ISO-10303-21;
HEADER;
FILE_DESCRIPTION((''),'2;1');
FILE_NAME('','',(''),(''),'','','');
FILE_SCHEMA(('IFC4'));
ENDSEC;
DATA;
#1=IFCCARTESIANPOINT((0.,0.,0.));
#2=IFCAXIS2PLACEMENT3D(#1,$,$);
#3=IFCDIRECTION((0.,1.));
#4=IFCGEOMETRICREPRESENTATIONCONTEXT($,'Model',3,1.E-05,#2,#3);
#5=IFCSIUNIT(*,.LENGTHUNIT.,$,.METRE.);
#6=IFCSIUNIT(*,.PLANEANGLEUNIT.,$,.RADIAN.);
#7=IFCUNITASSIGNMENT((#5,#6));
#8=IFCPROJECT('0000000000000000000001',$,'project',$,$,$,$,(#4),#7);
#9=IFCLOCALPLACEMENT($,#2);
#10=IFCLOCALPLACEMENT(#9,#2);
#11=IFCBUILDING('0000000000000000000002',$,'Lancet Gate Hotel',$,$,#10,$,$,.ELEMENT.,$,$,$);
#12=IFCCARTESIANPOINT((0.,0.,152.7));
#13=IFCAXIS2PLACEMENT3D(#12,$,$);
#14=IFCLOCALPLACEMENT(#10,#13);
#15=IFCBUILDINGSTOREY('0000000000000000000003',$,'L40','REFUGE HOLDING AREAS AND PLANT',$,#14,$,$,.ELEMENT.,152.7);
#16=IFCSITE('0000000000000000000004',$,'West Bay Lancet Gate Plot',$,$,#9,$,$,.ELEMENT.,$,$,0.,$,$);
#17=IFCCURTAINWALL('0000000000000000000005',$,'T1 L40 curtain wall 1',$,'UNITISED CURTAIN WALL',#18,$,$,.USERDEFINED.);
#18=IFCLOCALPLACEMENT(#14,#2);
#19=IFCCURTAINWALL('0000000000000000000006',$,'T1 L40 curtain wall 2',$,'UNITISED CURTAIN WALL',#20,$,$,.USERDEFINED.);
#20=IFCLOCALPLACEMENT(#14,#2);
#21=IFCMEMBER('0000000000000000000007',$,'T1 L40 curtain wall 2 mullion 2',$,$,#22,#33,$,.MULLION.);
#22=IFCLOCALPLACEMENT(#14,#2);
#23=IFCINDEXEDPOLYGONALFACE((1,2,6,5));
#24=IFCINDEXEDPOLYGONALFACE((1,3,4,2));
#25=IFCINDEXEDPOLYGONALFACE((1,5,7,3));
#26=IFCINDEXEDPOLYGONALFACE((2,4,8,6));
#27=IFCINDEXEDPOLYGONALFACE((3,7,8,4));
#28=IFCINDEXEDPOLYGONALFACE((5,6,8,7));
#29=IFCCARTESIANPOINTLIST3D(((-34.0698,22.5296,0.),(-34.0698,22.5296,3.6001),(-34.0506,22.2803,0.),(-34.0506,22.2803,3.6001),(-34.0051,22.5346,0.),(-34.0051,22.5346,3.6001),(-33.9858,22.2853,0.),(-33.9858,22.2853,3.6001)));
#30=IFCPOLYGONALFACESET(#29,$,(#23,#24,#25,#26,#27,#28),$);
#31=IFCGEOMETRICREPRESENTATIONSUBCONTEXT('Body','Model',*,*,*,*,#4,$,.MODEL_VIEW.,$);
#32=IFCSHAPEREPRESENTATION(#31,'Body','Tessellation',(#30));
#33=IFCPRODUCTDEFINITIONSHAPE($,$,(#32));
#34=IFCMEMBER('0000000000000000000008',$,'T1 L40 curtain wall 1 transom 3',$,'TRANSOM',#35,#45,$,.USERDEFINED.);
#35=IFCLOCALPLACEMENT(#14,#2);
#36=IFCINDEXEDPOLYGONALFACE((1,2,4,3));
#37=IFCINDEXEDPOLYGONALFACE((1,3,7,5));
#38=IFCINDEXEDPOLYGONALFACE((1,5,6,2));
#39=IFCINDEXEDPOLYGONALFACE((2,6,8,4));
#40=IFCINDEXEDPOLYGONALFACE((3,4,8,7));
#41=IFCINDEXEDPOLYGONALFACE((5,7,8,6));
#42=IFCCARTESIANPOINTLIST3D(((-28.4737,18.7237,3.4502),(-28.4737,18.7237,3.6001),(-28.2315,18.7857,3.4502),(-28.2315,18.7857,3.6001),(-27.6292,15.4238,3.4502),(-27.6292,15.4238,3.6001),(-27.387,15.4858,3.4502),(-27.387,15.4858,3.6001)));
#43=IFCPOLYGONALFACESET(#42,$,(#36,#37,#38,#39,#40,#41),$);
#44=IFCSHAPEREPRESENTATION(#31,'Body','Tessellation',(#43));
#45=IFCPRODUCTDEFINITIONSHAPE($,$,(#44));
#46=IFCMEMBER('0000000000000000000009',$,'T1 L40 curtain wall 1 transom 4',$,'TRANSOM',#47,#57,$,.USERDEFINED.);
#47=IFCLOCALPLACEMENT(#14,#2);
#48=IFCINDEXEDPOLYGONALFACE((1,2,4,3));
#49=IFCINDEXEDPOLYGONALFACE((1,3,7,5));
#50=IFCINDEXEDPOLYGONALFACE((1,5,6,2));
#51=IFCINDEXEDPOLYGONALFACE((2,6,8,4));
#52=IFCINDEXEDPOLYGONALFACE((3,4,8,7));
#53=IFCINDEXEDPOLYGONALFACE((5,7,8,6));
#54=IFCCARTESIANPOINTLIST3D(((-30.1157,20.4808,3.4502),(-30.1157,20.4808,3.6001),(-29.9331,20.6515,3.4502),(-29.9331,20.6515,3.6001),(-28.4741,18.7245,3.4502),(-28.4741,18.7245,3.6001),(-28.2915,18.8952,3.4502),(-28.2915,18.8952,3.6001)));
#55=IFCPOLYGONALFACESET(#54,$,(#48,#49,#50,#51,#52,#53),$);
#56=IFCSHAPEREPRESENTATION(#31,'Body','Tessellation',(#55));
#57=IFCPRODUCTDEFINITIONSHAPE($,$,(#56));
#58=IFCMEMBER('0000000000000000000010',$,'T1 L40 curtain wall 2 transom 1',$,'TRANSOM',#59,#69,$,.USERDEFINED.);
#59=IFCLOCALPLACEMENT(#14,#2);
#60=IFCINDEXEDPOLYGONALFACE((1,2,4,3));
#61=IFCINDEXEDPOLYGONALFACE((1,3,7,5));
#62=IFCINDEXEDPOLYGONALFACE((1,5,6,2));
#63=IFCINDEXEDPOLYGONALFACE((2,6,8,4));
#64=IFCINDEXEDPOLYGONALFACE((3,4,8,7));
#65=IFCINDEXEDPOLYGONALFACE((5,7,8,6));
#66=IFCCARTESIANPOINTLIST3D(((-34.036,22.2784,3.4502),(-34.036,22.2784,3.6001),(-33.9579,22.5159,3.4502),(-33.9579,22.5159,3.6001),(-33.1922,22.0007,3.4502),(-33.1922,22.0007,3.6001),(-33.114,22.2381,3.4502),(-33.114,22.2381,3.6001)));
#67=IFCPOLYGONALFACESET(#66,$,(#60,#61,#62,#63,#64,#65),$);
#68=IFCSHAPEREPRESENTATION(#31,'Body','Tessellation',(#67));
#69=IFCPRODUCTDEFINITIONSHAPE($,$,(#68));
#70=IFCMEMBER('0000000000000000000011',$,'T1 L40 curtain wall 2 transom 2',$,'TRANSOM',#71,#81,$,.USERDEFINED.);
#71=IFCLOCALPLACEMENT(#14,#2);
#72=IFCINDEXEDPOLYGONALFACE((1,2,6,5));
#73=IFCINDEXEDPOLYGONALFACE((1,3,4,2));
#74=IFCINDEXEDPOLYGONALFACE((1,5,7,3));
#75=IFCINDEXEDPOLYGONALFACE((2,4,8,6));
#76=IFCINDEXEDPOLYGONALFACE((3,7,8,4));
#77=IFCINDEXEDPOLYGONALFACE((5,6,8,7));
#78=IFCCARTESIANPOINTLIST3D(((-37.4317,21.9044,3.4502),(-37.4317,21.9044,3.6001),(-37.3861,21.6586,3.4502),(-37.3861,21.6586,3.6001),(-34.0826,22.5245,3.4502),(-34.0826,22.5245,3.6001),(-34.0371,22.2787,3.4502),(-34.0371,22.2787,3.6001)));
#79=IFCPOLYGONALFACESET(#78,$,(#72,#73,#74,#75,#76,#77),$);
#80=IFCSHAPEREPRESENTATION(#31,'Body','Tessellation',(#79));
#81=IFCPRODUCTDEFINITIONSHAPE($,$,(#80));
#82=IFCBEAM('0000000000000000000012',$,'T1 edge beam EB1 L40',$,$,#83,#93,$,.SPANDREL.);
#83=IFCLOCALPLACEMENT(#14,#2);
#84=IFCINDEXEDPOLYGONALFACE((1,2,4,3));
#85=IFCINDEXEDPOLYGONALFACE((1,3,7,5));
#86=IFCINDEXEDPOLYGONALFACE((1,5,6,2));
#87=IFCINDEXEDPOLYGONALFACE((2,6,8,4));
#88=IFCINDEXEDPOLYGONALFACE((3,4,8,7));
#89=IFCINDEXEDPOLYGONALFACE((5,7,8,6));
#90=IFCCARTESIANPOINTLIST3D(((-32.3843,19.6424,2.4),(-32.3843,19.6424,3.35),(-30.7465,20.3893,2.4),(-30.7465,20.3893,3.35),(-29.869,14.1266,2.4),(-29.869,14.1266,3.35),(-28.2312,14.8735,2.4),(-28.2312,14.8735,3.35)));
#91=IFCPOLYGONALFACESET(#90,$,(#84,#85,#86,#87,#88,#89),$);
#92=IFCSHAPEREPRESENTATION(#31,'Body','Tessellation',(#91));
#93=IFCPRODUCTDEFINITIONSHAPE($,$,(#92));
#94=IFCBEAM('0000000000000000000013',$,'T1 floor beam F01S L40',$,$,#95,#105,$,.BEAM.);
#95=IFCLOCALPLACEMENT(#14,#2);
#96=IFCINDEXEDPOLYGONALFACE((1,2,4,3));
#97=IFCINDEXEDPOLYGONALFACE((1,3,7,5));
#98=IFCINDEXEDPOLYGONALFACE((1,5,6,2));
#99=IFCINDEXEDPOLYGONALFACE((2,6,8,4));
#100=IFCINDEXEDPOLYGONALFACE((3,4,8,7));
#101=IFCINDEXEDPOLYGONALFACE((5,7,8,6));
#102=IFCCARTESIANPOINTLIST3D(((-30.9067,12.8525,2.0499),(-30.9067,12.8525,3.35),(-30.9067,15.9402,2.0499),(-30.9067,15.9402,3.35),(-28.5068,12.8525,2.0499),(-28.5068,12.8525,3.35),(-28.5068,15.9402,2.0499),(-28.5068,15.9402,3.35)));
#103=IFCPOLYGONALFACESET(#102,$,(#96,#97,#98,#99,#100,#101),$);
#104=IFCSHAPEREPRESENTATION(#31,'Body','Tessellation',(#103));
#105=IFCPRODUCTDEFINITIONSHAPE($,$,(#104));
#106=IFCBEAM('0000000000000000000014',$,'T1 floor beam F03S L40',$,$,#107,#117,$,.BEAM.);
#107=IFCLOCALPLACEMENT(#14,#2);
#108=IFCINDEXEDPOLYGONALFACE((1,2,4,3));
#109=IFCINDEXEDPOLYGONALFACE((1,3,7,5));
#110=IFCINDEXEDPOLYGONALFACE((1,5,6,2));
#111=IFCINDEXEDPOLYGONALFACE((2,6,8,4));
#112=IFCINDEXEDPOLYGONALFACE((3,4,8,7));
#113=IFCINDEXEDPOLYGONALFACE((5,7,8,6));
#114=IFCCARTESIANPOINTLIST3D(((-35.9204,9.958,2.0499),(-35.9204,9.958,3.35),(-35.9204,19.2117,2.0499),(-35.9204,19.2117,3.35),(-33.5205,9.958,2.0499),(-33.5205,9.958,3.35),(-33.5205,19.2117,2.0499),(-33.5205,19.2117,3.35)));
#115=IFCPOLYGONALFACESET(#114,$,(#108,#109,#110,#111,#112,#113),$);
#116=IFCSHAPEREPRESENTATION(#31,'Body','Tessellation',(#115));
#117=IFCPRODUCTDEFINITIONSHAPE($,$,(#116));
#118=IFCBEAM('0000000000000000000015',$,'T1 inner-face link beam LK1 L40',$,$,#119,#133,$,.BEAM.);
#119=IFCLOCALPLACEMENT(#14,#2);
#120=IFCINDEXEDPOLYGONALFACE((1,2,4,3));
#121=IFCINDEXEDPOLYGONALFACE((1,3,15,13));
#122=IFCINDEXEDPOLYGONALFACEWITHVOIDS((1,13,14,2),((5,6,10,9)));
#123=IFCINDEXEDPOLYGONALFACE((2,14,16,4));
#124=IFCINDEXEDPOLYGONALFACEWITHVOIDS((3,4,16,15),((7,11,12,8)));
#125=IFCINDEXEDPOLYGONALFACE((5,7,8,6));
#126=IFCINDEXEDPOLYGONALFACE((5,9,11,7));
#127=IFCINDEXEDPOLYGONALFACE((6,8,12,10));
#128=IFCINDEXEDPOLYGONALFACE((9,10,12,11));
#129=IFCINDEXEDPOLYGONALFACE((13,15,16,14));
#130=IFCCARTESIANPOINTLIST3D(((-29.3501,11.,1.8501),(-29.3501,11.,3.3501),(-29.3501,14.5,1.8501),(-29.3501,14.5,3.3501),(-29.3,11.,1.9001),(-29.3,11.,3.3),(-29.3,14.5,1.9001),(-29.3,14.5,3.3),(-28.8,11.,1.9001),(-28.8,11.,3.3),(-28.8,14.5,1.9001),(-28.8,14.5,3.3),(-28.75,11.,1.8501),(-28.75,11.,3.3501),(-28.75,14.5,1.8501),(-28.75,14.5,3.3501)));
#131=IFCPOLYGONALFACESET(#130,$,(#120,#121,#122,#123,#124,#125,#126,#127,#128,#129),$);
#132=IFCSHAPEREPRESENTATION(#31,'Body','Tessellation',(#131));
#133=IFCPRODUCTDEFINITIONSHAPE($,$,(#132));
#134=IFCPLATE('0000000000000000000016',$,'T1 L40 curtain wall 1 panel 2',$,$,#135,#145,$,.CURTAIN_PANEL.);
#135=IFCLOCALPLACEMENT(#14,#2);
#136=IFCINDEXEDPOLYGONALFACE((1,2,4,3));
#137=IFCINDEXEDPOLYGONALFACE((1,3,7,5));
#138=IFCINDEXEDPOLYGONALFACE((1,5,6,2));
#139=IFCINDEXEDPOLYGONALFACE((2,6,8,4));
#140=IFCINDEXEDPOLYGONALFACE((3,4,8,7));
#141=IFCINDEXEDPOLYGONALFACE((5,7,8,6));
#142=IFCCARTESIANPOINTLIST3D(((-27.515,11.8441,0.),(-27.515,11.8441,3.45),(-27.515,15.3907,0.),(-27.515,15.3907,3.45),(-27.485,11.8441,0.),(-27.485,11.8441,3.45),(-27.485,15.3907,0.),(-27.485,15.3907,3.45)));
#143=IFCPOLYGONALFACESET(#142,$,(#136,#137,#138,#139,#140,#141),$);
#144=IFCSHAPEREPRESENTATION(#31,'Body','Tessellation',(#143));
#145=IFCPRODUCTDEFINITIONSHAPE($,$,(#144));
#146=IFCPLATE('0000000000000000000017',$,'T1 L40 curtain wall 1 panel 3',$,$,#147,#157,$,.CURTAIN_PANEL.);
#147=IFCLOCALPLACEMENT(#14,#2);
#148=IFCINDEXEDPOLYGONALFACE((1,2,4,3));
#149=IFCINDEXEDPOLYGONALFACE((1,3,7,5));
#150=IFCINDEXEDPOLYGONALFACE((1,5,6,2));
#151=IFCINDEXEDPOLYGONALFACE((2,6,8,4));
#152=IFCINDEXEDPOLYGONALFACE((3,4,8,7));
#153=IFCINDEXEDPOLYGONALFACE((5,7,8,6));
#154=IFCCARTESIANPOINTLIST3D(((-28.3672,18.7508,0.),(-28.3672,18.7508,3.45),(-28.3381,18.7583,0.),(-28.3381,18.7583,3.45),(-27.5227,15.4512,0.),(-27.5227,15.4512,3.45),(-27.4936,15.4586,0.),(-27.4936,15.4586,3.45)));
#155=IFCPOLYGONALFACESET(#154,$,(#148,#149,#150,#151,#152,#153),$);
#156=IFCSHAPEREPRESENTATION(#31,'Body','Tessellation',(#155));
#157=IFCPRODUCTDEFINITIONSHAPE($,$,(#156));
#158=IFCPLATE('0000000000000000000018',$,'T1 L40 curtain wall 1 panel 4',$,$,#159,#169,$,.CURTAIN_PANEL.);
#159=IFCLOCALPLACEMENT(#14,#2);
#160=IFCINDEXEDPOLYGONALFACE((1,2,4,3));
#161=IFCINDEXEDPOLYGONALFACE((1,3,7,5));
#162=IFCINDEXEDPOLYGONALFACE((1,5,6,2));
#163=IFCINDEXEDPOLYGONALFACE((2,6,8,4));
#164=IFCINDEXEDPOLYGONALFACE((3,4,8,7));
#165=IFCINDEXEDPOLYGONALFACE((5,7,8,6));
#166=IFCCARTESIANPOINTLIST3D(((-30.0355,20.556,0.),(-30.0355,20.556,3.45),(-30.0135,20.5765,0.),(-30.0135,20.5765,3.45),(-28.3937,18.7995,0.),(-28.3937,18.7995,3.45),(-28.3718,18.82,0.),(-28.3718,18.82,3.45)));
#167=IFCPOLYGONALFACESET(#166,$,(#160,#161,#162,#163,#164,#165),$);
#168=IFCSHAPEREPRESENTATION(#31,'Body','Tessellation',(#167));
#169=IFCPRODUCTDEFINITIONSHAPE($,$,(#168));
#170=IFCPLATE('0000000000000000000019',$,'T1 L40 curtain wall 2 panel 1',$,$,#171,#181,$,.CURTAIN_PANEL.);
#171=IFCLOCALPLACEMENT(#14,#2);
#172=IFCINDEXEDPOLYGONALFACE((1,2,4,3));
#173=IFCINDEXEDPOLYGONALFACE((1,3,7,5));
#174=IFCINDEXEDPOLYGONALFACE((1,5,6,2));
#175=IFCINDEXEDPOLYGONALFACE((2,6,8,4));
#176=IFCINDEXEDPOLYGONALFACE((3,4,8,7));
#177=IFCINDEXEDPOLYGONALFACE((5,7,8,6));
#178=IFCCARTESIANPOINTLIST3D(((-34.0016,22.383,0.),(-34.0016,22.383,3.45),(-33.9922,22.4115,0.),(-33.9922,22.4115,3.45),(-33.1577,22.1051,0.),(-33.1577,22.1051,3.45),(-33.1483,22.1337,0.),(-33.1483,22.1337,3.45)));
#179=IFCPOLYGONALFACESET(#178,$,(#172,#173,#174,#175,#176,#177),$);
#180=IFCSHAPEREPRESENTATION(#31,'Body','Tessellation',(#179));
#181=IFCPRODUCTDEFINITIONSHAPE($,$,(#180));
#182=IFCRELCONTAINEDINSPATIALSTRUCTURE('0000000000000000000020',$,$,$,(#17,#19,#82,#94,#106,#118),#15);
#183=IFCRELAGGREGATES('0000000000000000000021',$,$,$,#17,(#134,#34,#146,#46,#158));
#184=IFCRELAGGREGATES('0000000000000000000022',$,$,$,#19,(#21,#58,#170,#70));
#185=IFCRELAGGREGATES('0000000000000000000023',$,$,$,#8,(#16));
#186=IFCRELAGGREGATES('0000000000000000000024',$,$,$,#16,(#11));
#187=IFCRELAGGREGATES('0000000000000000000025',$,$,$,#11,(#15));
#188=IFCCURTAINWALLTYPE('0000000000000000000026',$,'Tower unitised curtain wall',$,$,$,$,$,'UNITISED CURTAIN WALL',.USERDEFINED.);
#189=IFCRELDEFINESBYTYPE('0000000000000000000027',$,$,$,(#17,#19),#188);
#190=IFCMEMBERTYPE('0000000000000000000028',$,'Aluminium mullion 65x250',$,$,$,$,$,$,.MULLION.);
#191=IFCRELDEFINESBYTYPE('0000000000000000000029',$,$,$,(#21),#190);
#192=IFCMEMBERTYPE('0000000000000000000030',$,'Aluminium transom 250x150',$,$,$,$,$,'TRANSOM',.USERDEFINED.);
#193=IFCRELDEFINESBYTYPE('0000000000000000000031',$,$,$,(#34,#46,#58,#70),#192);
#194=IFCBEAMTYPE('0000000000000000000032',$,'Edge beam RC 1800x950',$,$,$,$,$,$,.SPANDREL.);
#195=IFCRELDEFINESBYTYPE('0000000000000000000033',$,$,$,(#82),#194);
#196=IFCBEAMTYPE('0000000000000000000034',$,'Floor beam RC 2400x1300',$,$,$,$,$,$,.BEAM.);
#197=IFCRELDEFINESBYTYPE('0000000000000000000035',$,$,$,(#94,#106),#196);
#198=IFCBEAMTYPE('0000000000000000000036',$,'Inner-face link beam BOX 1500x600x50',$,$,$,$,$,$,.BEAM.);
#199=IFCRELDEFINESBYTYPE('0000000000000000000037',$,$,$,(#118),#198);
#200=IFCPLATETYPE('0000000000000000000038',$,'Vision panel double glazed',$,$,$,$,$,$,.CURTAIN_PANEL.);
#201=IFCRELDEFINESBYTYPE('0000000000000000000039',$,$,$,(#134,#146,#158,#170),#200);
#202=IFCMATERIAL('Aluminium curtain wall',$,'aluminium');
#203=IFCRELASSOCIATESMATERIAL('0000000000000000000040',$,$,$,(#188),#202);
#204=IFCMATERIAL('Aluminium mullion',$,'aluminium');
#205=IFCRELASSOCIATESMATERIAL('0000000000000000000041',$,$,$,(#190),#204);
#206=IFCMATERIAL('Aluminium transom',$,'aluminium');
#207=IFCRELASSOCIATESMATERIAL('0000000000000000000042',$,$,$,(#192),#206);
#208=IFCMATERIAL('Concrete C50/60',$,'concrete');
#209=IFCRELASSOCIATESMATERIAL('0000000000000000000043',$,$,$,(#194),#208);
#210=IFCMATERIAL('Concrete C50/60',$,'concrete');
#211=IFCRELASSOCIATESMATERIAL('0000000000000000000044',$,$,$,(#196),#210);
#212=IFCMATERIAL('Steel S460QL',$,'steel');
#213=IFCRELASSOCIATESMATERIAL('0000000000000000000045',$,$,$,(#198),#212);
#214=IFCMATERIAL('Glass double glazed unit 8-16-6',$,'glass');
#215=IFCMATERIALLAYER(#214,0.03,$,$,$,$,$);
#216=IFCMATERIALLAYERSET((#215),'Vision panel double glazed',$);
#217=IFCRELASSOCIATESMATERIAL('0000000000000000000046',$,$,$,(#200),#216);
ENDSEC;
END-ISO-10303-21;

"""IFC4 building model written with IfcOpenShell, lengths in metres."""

from ifc_helpers import new_model, si_unit, direction, frame, origin, origin_2d, place, context, subcontext, project, spatial, rectangle, hollow_rectangle, extrude, material, layer, layer_set, material_profile, profile_set, type_object, element, aggregate, save


model = new_model("IFC4")

# Units and contexts
model_context = context("Model", 3, precision=1e-05, world=origin(), true_north=direction((0.0, 1.0)))
body_context = subcontext(model_context, "Body", "Model", "MODEL_VIEW")
ifc_project = project(units=[si_unit("LENGTHUNIT", "METRE"), si_unit("PLANEANGLEUNIT", "RADIAN")], contexts=[model_context])

# Site, building, storey
site_placement = place(None, origin())
site = spatial("IfcSite", under=ifc_project, at=site_placement, Name="West Bay Lancet Gate Plot", CompositionType="ELEMENT", RefElevation=0.0)
building_placement = place(site_placement, origin())
building = spatial("IfcBuilding", under=site, at=building_placement, Name="Lancet Gate Hotel", CompositionType="ELEMENT")
storey_placement = place(building_placement, frame((0.0, 0.0, 152.7)))
storey = spatial("IfcBuildingStorey", under=building, at=storey_placement, Name="L40", Description="REFUGE HOLDING AREAS AND PLANT", CompositionType="ELEMENT", Elevation=152.7)

# Curtain walls, member
ifc_material_1 = material(Name="Aluminium curtain wall", Category="aluminium")
curtain_wall_type = type_object("IfcCurtainWallType", Name="Tower unitised curtain wall", ElementType="UNITISED CURTAIN WALL", PredefinedType="USERDEFINED", material=ifc_material_1)
curtain_wall_1_placement = place(storey_placement, origin())
curtain_wall_1 = element("IfcCurtainWall", 1, at=curtain_wall_1_placement, inside=storey, type_object=curtain_wall_type, Name="T1 L40 curtain wall 1", ObjectType="UNITISED CURTAIN WALL", PredefinedType="USERDEFINED")
ifc_material_2 = material(Name="Aluminium mullion", Category="aluminium")
ifc_material_profile_1 = material_profile(ifc_material_2, rectangle(XDim=0.0649, YDim=0.25, at=origin_2d()), Name="MULLION 65x250")
ifc_profile_set_1 = profile_set([ifc_material_profile_1], Name="Aluminium mullion")
member_type_1 = type_object("IfcMemberType", Name="Aluminium mullion 65x250", PredefinedType="MULLION", material=ifc_profile_set_1)
curtain_wall_2_placement = place(storey_placement, origin())
curtain_wall_2 = element("IfcCurtainWall", 2, at=curtain_wall_2_placement, inside=storey, type_object=curtain_wall_type, Name="T1 L40 curtain wall 2", ObjectType="UNITISED CURTAIN WALL", PredefinedType="USERDEFINED")
member_1_placement = place(storey_placement, frame((-34.0278, 22.4075, 0.0), z_axis=(0.0, 0.0, 1.0), x_axis=(-0.997029, -0.077031, 0.0)))
member_1 = element("IfcMember", 3, at=member_1_placement, type_object=member_type_1, Name="T1 L40 curtain wall 2 mullion 2", PredefinedType="MULLION", context=body_context, shape_type="SweptSolid", body=[
    extrude(rectangle(XDim=0.0649, YDim=0.25, at=origin_2d()), origin(), (0.0, 0.0, 1.0), 3.6001),
])

# Members
ifc_material_3 = material(Name="Aluminium transom", Category="aluminium")
ifc_material_profile_2 = material_profile(ifc_material_3, rectangle(XDim=0.25, YDim=0.1499, at=origin_2d()), Name="TRANSOM 250x150")
ifc_profile_set_2 = profile_set([ifc_material_profile_2], Name="Aluminium transom")
member_type_2 = type_object("IfcMemberType", Name="Aluminium transom 250x150", ElementType="TRANSOM", PredefinedType="USERDEFINED", material=ifc_profile_set_2)
member_2_placement = place(storey_placement, frame((-27.5081, 15.4548, 3.5251), z_axis=(-0.247929, 0.968778, 0.0), x_axis=(-0.968778, -0.247929, 0.0)))
member_2 = element("IfcMember", 4, at=member_2_placement, type_object=member_type_2, Name="T1 L40 curtain wall 1 transom 3", ObjectType="TRANSOM", PredefinedType="USERDEFINED", context=body_context, shape_type="SweptSolid", body=[
    extrude(rectangle(XDim=0.25, YDim=0.1499, at=origin_2d()), origin(), (0.0, 0.0, 1.0), 3.4062),
])
member_3_placement = place(storey_placement, frame((-28.3828, 18.8098, 3.5251), z_axis=(-0.682839, 0.730569, 0.0), x_axis=(-0.730569, -0.682839, 0.0)))
member_3 = element("IfcMember", 5, at=member_3_placement, type_object=member_type_2, Name="T1 L40 curtain wall 1 transom 4", ObjectType="TRANSOM", PredefinedType="USERDEFINED", context=body_context, shape_type="SweptSolid", body=[
    extrude(rectangle(XDim=0.25, YDim=0.1499, at=origin_2d()), origin(), (0.0, 0.0, 1.0), 2.4041),
])
member_4_placement = place(storey_placement, frame((-33.1531, 22.1194, 3.5251), z_axis=(-0.949858, 0.312681, 0.0), x_axis=(-0.312681, -0.949858, 0.0)))
member_4 = element("IfcMember", 6, at=member_4_placement, type_object=member_type_2, Name="T1 L40 curtain wall 2 transom 1", ObjectType="TRANSOM", PredefinedType="USERDEFINED", context=body_context, shape_type="SweptSolid", body=[
    extrude(rectangle(XDim=0.25, YDim=0.1499, at=origin_2d()), origin(), (0.0, 0.0, 1.0), 0.8884),
])
member_5_placement = place(storey_placement, frame((-34.0598, 22.4016, 3.5251), z_axis=(-0.983287, -0.182064, 0.0), x_axis=(0.182064, -0.983287, 0.0)))
member_5 = element("IfcMember", 7, at=member_5_placement, type_object=member_type_2, Name="T1 L40 curtain wall 2 transom 2", ObjectType="TRANSOM", PredefinedType="USERDEFINED", context=body_context, shape_type="SweptSolid", body=[
    extrude(rectangle(XDim=0.25, YDim=0.1499, at=origin_2d()), origin(), (0.0, 0.0, 1.0), 3.406),
])

# Beams
ifc_material_4 = material(Name="Concrete C50/60", Category="concrete")
ifc_material_profile_3 = material_profile(ifc_material_4, rectangle(XDim=1.8, YDim=0.95, at=origin_2d()), Name="RC 1800x950")
ifc_profile_set_3 = profile_set([ifc_material_profile_3], Name="Concrete C50/60")
beam_type_1 = type_object("IfcBeamType", Name="Edge beam RC 1800x950", PredefinedType="SPANDREL", material=ifc_profile_set_3)
beam_1_placement = place(storey_placement, frame((-31.5654, 20.0159, 2.875), z_axis=(0.414919, -0.909858, 0.0), x_axis=(0.909858, 0.414919, 0.0)))
element("IfcBeam", 8, at=beam_1_placement, inside=storey, type_object=beam_type_1, Name="T1 edge beam EB1 L40", PredefinedType="SPANDREL", context=body_context, shape_type="SweptSolid", body=[
    extrude(rectangle(XDim=1.8, YDim=0.95, at=origin_2d()), origin(), (0.0, 0.0, 1.0), 6.0623),
])
ifc_material_5 = material(Name="Concrete C50/60", Category="concrete")
ifc_material_profile_4 = material_profile(ifc_material_5, rectangle(XDim=2.3999, YDim=1.3, at=origin_2d()), Name="RC 2400x1300")
ifc_profile_set_4 = profile_set([ifc_material_profile_4], Name="Concrete C50/60")
beam_type_2 = type_object("IfcBeamType", Name="Floor beam RC 2400x1300", PredefinedType="BEAM", material=ifc_profile_set_4)
beam_2_placement = place(storey_placement, frame((-29.7068, 15.9402, 2.7), z_axis=(0.0, -1.0, 0.0), x_axis=(1.0, 0.0, 0.0)))
element("IfcBeam", 9, at=beam_2_placement, inside=storey, type_object=beam_type_2, Name="T1 floor beam F01S L40", PredefinedType="BEAM", context=body_context, shape_type="SweptSolid", body=[
    extrude(rectangle(XDim=2.3999, YDim=1.3, at=origin_2d()), origin(), (0.0, 0.0, 1.0), 3.0876),
])
beam_3_placement = place(storey_placement, frame((-34.7205, 19.2117, 2.7), z_axis=(0.0, -1.0, 0.0), x_axis=(1.0, 0.0, 0.0)))
element("IfcBeam", 10, at=beam_3_placement, inside=storey, type_object=beam_type_2, Name="T1 floor beam F03S L40", PredefinedType="BEAM", context=body_context, shape_type="SweptSolid", body=[
    extrude(rectangle(XDim=2.3999, YDim=1.3, at=origin_2d()), origin(), (0.0, 0.0, 1.0), 9.2537),
])
ifc_material_6 = material(Name="Steel S460QL", Category="steel")
ifc_material_profile_5 = material_profile(ifc_material_6, hollow_rectangle(XDim=0.6001, YDim=1.5, WallThickness=0.05, at=origin_2d()), Name="BOX 1500x600x50")
ifc_profile_set_5 = profile_set([ifc_material_profile_5], Name="Steel S460QL")
beam_type_3 = type_object("IfcBeamType", Name="Inner-face link beam BOX 1500x600x50", PredefinedType="BEAM", material=ifc_profile_set_5)
beam_4_placement = place(storey_placement, frame((-29.05, 14.5, 2.6001), z_axis=(0.0, -1.0, 0.0), x_axis=(1.0, 0.0, 0.0)))
element("IfcBeam", 11, at=beam_4_placement, inside=storey, type_object=beam_type_3, Name="T1 inner-face link beam LK1 L40", PredefinedType="BEAM", context=body_context, shape_type="SweptSolid", body=[
    extrude(hollow_rectangle(XDim=0.6001, YDim=1.5, WallThickness=0.05, at=origin_2d()), origin(), (0.0, 0.0, 1.0), 3.5),
])

# Plates
ifc_material_7 = material(Name="Glass double glazed unit 8-16-6", Category="glass")
ifc_layer_1 = layer(ifc_material_7, 0.03)
ifc_layer_set_1 = layer_set([ifc_layer_1], Name="Vision panel double glazed")
plate_type = type_object("IfcPlateType", Name="Vision panel double glazed", PredefinedType="CURTAIN_PANEL", material=ifc_layer_set_1)
plate_1_placement = place(storey_placement, frame((-27.5, 13.6174, 0.0), z_axis=(0.0, 0.0, 1.0), x_axis=(0.0, 1.0, 0.0)))
plate_1 = element("IfcPlate", 12, at=plate_1_placement, type_object=plate_type, Name="T1 L40 curtain wall 1 panel 2", PredefinedType="CURTAIN_PANEL", context=body_context, shape_type="SweptSolid", body=[
    extrude(rectangle(XDim=3.5466, YDim=0.03, at=origin_2d()), origin(), (0.0, 0.0, 1.0), 3.45),
])
plate_2_placement = place(storey_placement, frame((-27.9304, 17.1047, 0.0), z_axis=(0.0, 0.0, 1.0), x_axis=(-0.247937, 0.968776, 0.0)))
plate_2 = element("IfcPlate", 13, at=plate_2_placement, type_object=plate_type, Name="T1 L40 curtain wall 1 panel 3", PredefinedType="CURTAIN_PANEL", context=body_context, shape_type="SweptSolid", body=[
    extrude(rectangle(XDim=3.406, YDim=0.03, at=origin_2d()), origin(), (0.0, 0.0, 1.0), 3.45),
])
plate_3_placement = place(storey_placement, frame((-29.2036, 19.688, 0.0), z_axis=(0.0, 0.0, 1.0), x_axis=(-0.682845, 0.730563, 0.0)))
plate_3 = element("IfcPlate", 14, at=plate_3_placement, type_object=plate_type, Name="T1 L40 curtain wall 1 panel 4", PredefinedType="CURTAIN_PANEL", context=body_context, shape_type="SweptSolid", body=[
    extrude(rectangle(XDim=2.4043, YDim=0.03, at=origin_2d()), origin(), (0.0, 0.0, 1.0), 3.45),
])
aggregate(curtain_wall_1, [plate_1, member_2, plate_2, member_3, plate_3])
plate_4_placement = place(storey_placement, frame((-33.575, 22.2583, 0.0), z_axis=(0.0, 0.0, 1.0), x_axis=(-0.949848, 0.312712, 0.0)))
plate_4 = element("IfcPlate", 15, at=plate_4_placement, type_object=plate_type, Name="T1 L40 curtain wall 2 panel 1", PredefinedType="CURTAIN_PANEL", context=body_context, shape_type="SweptSolid", body=[
    extrude(rectangle(XDim=0.8884, YDim=0.03, at=origin_2d()), origin(), (0.0, 0.0, 1.0), 3.45),
])
aggregate(curtain_wall_2, [member_1, member_4, plate_4, member_5])

save(model, "model.ifc")
